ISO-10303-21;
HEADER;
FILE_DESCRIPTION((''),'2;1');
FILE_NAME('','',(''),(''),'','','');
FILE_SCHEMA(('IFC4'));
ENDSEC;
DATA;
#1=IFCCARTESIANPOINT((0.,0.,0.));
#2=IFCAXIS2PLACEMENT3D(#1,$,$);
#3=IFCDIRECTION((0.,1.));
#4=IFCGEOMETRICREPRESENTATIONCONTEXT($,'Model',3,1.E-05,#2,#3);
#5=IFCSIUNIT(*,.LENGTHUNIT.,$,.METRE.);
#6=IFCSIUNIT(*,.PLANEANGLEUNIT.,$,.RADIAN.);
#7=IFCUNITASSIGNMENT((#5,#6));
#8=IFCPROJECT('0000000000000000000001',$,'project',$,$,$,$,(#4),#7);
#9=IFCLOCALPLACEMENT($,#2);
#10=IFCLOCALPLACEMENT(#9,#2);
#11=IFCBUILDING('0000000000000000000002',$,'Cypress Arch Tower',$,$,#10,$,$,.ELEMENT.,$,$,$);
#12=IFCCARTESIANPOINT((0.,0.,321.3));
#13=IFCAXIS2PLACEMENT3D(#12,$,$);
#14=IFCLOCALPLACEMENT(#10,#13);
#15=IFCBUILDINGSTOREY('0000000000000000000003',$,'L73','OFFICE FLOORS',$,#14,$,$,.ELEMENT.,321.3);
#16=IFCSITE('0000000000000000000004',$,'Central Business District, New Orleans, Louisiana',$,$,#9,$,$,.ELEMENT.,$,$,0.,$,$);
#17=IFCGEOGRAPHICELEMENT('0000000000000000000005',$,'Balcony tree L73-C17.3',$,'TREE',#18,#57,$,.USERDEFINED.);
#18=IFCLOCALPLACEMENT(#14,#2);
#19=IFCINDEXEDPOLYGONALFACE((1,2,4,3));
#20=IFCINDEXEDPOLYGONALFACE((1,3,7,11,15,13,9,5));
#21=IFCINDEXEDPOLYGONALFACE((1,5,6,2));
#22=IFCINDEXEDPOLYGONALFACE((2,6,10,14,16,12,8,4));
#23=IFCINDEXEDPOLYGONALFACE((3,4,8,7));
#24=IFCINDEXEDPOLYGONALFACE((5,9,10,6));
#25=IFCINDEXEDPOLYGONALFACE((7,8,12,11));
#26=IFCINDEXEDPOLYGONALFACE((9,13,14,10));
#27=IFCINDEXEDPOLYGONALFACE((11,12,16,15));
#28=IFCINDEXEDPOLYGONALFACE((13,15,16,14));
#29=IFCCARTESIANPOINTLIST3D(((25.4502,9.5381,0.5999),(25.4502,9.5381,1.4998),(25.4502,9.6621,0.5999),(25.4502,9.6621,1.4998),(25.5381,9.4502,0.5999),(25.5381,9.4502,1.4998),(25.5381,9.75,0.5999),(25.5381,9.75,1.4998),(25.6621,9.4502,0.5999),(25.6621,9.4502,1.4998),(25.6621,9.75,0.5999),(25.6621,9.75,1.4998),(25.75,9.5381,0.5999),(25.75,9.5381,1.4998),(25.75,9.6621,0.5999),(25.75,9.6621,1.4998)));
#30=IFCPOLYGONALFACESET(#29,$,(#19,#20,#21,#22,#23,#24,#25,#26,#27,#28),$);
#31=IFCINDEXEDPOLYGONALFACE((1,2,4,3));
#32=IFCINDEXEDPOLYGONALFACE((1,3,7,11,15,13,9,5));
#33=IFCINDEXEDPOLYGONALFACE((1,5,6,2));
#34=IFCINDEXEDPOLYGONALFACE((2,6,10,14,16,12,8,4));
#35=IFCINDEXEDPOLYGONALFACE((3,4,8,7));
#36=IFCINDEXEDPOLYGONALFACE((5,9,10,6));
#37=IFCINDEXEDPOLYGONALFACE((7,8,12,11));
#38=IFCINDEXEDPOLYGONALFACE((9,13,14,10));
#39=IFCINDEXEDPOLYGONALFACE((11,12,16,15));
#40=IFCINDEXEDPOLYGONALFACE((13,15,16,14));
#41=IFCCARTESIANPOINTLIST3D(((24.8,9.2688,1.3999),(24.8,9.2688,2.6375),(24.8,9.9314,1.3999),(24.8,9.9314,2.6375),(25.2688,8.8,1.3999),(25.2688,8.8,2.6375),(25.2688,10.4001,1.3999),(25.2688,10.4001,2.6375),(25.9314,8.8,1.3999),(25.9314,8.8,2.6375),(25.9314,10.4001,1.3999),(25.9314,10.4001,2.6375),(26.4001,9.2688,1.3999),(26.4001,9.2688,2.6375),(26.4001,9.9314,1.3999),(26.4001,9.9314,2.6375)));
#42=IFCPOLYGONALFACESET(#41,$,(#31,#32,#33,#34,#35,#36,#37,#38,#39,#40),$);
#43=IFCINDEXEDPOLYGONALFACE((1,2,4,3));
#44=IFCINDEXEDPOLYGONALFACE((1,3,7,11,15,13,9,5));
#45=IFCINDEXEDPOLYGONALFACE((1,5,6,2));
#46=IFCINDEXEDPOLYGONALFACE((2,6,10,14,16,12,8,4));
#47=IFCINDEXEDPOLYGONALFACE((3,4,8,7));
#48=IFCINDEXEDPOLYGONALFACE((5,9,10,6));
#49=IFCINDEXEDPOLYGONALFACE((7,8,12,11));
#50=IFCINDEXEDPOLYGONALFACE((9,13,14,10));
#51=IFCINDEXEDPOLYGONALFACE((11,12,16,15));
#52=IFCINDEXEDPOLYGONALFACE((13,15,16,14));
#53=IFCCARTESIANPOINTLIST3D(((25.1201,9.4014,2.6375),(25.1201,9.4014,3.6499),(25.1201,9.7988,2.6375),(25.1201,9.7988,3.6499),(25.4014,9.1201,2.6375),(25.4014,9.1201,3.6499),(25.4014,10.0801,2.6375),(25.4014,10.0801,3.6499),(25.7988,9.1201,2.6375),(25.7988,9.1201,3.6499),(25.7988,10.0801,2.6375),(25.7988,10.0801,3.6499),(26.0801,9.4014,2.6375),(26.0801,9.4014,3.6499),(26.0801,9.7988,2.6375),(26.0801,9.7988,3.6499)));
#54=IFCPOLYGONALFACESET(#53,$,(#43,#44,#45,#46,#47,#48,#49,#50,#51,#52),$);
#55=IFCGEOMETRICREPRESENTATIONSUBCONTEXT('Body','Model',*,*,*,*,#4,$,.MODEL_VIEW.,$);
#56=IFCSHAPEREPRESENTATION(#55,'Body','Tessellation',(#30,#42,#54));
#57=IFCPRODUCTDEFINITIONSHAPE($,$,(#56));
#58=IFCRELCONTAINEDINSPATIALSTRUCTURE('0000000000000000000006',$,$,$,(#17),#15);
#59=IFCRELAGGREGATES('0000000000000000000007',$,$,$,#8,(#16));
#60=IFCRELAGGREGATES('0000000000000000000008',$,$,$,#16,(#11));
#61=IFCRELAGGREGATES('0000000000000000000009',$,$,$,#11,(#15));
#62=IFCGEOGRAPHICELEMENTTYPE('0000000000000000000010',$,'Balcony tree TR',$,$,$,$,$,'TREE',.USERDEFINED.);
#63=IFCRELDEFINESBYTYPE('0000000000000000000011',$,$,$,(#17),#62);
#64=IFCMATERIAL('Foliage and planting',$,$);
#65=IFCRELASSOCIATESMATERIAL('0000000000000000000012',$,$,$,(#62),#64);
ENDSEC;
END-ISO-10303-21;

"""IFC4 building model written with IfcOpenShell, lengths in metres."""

from ifc_helpers import new_model, si_unit, direction, frame, origin, place, context, subcontext, project, spatial, polyline, outline, extrude, material, type_object, element, save


model = new_model("IFC4")

# Units and contexts
model_context = context("Model", 3, precision=1e-05, world=origin(), true_north=direction((0.0, 1.0)))
body_context = subcontext(model_context, "Body", "Model", "MODEL_VIEW")
ifc_project = project(units=[si_unit("LENGTHUNIT", "METRE"), si_unit("PLANEANGLEUNIT", "RADIAN")], contexts=[model_context])

# Site, building, storey
site_placement = place(None, origin())
site = spatial("IfcSite", under=ifc_project, at=site_placement, Name="Central Business District, New Orleans, Louisiana", CompositionType="ELEMENT", RefElevation=0.0)
building_placement = place(site_placement, origin())
building = spatial("IfcBuilding", under=site, at=building_placement, Name="Cypress Arch Tower", CompositionType="ELEMENT")
storey_placement = place(building_placement, frame((0.0, 0.0, 321.3)))
storey = spatial("IfcBuildingStorey", under=building, at=storey_placement, Name="L73", Description="OFFICE FLOORS", CompositionType="ELEMENT", Elevation=321.3)

# Geographic element
ifc_material_1 = material(Name="Foliage and planting")
geographic_element_type = type_object("IfcGeographicElementType", Name="Balcony tree TR", ElementType="TREE", PredefinedType="USERDEFINED", material=ifc_material_1)
geographic_element_placement = place(storey_placement, frame((25.6001, 9.6001, 0.5999), z_axis=(0.0, 0.0, 1.0), x_axis=(1.0, 0.0, 0.0)))
element("IfcGeographicElement", 1, at=geographic_element_placement, inside=storey, type_object=geographic_element_type, Name="Balcony tree L73-C17.3", ObjectType="TREE", PredefinedType="USERDEFINED", context=body_context, shape_type="SweptSolid", body=[
    extrude(outline(polyline([(0.1499, 0.062), (0.062, 0.1499), (-0.062, 0.1499), (-0.1499, 0.062), (-0.1499, -0.062), (-0.062, -0.1499), (0.062, -0.1499), (0.1499, -0.062), (0.1499, 0.062)])), origin(), (0.0, 0.0, 1.0), 0.8999),
    extrude(outline(polyline([(0.8, 0.3313), (0.3313, 0.8), (-0.3313, 0.8), (-0.8, 0.3313), (-0.8, -0.3313), (-0.3313, -0.8), (0.3313, -0.8), (0.8, -0.3313), (0.8, 0.3313)])), frame((0.0, 0.0, 0.8)), (0.0, 0.0, 1.0), 1.2375),
    extrude(outline(polyline([(0.48, 0.1987), (0.1987, 0.48), (-0.1987, 0.48), (-0.48, 0.1987), (-0.48, -0.1987), (-0.1987, -0.48), (0.1987, -0.48), (0.48, -0.1987), (0.48, 0.1987)])), frame((0.0, 0.0, 2.0376)), (0.0, 0.0, 1.0), 1.0125),
])

save(model, "model.ifc")
